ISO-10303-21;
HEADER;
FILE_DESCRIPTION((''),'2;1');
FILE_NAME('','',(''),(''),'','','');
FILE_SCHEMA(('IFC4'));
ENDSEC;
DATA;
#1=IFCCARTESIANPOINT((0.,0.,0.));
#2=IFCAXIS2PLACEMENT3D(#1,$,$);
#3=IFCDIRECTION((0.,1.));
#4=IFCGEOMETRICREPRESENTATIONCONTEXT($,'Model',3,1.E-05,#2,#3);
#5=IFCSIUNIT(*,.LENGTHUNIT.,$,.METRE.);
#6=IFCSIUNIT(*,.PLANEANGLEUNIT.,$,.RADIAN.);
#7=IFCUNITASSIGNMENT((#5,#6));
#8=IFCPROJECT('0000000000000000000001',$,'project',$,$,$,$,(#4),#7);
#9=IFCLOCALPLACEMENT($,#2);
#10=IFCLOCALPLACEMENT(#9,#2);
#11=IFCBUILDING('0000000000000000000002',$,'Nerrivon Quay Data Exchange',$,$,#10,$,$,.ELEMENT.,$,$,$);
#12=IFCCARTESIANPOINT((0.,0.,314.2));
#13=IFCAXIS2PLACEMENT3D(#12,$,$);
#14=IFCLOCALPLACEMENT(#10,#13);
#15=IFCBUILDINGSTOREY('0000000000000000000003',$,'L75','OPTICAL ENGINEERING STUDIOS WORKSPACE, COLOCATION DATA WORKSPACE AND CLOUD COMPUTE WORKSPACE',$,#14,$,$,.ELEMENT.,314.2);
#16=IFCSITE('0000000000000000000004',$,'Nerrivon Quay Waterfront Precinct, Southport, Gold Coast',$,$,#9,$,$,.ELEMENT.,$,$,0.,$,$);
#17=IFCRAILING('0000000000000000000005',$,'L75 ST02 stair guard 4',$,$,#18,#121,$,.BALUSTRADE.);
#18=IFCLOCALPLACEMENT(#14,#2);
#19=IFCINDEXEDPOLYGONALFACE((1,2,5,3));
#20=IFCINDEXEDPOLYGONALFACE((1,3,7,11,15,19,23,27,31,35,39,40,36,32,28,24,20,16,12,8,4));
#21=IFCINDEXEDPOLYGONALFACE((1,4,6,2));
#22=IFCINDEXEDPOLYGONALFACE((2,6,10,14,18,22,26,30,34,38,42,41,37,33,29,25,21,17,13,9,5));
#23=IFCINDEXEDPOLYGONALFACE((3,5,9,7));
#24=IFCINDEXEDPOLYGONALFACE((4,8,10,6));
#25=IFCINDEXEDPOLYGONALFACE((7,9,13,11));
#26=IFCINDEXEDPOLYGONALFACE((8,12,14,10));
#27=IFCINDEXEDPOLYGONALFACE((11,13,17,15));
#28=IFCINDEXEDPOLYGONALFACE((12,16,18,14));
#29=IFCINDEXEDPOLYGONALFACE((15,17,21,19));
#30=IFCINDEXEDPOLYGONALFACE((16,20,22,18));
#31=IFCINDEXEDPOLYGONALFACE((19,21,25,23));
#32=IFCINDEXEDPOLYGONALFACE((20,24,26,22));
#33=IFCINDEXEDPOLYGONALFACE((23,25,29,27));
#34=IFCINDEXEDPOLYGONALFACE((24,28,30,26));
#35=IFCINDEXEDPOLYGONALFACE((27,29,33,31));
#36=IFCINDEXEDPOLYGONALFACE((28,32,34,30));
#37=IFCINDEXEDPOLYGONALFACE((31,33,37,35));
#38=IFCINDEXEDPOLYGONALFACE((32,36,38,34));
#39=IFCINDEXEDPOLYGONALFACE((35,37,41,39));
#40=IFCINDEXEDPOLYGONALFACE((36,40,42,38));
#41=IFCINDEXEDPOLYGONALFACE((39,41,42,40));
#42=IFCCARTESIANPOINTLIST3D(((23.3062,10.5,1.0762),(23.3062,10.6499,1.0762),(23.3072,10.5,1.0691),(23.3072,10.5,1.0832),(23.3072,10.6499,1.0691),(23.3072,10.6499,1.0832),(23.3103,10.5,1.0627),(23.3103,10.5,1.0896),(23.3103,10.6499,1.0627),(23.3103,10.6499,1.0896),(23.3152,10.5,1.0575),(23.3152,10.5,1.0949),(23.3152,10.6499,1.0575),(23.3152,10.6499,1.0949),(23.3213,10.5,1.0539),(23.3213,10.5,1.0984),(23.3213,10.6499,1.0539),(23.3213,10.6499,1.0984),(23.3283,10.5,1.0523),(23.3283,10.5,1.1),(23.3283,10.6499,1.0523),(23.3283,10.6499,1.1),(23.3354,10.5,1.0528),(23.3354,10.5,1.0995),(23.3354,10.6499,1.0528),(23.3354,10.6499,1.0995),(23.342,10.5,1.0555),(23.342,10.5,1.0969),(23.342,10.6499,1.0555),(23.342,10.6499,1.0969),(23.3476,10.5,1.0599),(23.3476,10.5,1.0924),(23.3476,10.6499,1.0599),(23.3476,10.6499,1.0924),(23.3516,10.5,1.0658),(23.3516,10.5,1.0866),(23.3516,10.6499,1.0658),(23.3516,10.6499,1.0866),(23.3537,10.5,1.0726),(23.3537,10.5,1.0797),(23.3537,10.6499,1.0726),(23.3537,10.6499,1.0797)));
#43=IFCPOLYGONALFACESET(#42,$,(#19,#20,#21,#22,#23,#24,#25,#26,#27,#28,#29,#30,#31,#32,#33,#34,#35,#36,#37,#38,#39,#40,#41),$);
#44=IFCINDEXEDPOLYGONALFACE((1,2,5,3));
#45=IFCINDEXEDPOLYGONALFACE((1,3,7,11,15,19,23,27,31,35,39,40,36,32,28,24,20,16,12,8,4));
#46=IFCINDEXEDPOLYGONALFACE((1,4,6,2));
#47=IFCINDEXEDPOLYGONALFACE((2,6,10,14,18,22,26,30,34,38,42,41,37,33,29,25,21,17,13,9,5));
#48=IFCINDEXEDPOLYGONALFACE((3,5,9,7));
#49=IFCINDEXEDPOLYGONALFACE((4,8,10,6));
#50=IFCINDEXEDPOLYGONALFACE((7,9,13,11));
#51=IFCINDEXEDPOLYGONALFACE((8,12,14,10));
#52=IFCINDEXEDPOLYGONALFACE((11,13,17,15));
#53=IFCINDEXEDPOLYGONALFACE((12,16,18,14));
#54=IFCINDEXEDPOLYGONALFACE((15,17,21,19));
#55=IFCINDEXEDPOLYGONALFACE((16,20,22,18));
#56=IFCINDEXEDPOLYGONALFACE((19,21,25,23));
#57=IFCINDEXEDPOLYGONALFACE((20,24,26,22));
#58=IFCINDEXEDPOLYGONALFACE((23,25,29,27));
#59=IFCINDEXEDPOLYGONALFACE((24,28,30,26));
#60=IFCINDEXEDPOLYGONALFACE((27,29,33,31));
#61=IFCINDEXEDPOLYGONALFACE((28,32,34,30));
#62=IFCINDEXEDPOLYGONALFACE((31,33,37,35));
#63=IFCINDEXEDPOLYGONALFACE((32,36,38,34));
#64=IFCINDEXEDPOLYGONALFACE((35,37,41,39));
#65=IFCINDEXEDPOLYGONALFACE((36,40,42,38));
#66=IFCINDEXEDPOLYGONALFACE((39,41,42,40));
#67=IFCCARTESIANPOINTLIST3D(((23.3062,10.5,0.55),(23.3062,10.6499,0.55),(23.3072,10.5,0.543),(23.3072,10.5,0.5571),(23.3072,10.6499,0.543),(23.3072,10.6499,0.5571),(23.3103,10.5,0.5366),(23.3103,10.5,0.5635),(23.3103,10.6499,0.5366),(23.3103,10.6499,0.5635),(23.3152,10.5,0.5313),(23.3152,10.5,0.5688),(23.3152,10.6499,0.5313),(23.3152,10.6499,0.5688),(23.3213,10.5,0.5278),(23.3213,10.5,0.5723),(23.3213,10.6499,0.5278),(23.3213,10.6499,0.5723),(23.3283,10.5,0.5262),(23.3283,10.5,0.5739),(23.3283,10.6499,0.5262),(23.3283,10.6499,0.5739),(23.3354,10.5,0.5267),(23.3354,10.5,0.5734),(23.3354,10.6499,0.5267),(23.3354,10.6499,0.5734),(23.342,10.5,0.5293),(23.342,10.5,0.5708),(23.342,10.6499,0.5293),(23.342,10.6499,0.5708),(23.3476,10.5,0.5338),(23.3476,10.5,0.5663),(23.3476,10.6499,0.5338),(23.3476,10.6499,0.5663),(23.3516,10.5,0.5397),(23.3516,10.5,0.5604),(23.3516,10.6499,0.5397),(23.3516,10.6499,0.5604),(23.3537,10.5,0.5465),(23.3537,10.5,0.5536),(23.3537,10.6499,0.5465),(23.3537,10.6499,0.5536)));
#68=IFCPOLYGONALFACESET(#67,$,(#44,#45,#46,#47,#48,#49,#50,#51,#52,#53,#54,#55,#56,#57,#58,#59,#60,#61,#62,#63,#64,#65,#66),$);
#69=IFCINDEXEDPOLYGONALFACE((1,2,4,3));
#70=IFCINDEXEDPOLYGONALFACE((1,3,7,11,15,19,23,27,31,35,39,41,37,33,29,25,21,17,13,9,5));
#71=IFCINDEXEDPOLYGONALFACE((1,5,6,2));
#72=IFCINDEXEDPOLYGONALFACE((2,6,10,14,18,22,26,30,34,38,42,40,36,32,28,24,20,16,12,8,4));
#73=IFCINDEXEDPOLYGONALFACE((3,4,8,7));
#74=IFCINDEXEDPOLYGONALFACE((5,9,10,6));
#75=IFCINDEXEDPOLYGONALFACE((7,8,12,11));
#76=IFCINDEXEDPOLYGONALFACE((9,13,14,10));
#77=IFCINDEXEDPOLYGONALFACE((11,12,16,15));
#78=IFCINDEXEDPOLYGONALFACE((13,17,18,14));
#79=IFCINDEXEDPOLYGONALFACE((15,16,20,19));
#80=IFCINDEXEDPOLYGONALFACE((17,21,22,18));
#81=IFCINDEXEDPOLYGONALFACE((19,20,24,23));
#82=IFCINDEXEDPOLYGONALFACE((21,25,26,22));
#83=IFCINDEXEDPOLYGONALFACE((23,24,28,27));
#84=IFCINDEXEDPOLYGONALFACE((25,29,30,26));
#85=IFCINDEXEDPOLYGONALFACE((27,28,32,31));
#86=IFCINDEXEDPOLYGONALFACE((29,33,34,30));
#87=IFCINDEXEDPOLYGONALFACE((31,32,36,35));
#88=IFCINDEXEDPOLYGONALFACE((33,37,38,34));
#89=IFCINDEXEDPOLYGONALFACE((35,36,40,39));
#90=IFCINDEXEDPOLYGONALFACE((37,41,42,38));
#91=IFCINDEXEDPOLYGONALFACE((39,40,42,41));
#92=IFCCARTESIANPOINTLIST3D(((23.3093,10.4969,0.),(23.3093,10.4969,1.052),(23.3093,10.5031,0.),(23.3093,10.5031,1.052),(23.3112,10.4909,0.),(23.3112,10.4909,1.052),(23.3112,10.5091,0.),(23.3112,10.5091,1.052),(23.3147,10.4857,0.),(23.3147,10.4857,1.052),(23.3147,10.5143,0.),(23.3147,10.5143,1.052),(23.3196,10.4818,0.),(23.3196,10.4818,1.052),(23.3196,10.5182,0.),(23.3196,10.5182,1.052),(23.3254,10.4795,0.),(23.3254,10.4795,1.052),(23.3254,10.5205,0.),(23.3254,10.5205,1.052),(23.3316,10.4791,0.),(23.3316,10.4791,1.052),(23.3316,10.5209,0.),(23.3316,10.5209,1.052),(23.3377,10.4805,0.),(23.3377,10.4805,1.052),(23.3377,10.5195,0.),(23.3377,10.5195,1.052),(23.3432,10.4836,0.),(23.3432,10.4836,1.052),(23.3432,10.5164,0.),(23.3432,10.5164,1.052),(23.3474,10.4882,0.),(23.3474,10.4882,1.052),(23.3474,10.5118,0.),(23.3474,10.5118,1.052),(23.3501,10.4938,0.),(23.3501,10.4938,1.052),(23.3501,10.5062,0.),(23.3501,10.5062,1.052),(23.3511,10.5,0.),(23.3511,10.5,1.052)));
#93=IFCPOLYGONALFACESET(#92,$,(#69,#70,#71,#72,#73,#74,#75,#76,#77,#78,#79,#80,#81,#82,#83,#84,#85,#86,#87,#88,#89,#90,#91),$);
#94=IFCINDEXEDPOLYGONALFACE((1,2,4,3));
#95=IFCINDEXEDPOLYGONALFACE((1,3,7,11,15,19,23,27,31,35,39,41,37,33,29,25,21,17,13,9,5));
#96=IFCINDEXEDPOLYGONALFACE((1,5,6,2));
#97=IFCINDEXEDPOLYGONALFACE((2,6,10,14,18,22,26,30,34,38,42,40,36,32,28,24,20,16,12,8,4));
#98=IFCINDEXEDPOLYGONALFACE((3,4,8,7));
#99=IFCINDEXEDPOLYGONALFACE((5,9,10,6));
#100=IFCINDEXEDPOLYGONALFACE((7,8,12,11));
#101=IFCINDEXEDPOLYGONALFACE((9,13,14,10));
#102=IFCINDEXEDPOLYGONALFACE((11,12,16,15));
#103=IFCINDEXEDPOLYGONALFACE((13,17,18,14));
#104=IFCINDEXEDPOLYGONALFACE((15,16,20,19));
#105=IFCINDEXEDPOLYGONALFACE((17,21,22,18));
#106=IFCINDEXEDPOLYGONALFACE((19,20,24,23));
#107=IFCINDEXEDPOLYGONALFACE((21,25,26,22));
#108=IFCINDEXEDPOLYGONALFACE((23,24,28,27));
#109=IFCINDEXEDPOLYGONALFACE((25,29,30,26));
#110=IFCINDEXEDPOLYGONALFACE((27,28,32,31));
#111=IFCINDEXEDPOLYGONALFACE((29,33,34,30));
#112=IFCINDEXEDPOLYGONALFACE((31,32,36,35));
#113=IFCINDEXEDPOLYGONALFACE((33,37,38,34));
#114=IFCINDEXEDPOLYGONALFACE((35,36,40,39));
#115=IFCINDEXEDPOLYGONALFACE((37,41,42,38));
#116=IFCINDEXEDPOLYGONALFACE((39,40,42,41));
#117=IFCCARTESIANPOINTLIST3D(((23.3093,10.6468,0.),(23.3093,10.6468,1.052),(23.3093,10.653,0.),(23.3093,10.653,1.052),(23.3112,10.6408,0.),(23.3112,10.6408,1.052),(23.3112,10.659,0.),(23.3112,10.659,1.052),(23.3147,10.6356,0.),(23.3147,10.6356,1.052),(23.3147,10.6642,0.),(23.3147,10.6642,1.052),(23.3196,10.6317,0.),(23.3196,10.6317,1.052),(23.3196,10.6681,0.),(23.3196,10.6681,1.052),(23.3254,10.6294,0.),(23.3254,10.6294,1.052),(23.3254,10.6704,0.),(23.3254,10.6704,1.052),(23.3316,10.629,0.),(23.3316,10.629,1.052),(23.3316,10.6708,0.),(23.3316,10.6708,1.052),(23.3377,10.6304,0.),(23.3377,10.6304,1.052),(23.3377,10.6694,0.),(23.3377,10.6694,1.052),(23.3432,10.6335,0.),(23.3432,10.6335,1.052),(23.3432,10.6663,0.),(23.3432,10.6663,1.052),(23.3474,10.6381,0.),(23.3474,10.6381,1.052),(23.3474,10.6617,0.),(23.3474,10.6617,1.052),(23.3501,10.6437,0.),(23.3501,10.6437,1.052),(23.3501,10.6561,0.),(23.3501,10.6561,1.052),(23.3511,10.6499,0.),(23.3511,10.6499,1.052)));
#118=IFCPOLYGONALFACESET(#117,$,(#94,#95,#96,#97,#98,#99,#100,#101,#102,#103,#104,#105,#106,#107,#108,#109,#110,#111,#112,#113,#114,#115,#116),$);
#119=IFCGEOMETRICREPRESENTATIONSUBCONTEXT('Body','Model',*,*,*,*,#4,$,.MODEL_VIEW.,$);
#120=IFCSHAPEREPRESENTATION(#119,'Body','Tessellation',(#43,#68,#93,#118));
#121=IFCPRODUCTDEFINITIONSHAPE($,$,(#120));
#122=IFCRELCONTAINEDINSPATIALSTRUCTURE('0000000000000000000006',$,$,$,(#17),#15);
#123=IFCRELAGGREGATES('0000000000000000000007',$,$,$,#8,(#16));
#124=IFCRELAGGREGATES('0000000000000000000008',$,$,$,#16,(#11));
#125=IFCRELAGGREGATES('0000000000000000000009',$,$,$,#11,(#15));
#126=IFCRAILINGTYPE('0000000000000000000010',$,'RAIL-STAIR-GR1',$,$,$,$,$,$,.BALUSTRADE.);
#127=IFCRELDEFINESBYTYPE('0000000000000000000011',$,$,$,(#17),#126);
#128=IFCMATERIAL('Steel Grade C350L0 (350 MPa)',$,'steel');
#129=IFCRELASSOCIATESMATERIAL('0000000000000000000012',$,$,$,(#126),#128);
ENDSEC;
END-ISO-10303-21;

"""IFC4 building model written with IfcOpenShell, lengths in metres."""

from ifc_helpers import new_model, si_unit, direction, frame, origin, origin_2d, place, context, subcontext, project, spatial, circle, extrude, material, type_object, element, save


model = new_model("IFC4")

# Units and contexts
model_context = context("Model", 3, precision=1e-05, world=origin(), true_north=direction((0.0, 1.0)))
body_context = subcontext(model_context, "Body", "Model", "MODEL_VIEW")
ifc_project = project(units=[si_unit("LENGTHUNIT", "METRE"), si_unit("PLANEANGLEUNIT", "RADIAN")], contexts=[model_context])

# Site, building, storey
site_placement = place(None, origin())
site = spatial("IfcSite", under=ifc_project, at=site_placement, Name="Nerrivon Quay Waterfront Precinct, Southport, Gold Coast", CompositionType="ELEMENT", RefElevation=0.0)
building_placement = place(site_placement, origin())
building = spatial("IfcBuilding", under=site, at=building_placement, Name="Nerrivon Quay Data Exchange", CompositionType="ELEMENT")
storey_placement = place(building_placement, frame((0.0, 0.0, 314.2)))
storey = spatial("IfcBuildingStorey", under=building, at=storey_placement, Name="L75", Description="OPTICAL ENGINEERING STUDIOS WORKSPACE, COLOCATION DATA WORKSPACE AND CLOUD COMPUTE WORKSPACE", CompositionType="ELEMENT", Elevation=314.2)

# Railing
ifc_material_1 = material(Name="Steel Grade C350L0 (350 MPa)", Category="steel")
railing_type_1 = type_object("IfcRailingType", Name="RAIL-STAIR-GR1", PredefinedType="BALUSTRADE", material=ifc_material_1)
railing_1_placement = place(storey_placement, frame((23.3301, 10.5, 0.0)))
element("IfcRailing", 1, at=railing_1_placement, inside=storey, type_object=railing_type_1, Name="L75 ST02 stair guard 4", PredefinedType="BALUSTRADE", context=body_context, shape_type="SweptSolid", body=[
    extrude(circle(Radius=0.0239, at=origin_2d()), frame((0.0, 0.0, 1.0762), z_axis=(0.0, 1.0, 0.0), x_axis=(-1.0, 0.0, 0.0)), (0.0, 0.0, 1.0), 0.1499),
    extrude(circle(Radius=0.0239, at=origin_2d()), frame((0.0, 0.0, 0.55), z_axis=(0.0, 1.0, 0.0), x_axis=(-1.0, 0.0, 0.0)), (0.0, 0.0, 1.0), 0.1499),
    extrude(circle(Radius=0.021, at=origin_2d()), origin(), (0.0, 0.0, 1.0), 1.052),
    extrude(circle(Radius=0.021, at=origin_2d()), frame((0.0, 0.1499, 0.0)), (0.0, 0.0, 1.0), 1.052),
])

save(model, "model.ifc")
